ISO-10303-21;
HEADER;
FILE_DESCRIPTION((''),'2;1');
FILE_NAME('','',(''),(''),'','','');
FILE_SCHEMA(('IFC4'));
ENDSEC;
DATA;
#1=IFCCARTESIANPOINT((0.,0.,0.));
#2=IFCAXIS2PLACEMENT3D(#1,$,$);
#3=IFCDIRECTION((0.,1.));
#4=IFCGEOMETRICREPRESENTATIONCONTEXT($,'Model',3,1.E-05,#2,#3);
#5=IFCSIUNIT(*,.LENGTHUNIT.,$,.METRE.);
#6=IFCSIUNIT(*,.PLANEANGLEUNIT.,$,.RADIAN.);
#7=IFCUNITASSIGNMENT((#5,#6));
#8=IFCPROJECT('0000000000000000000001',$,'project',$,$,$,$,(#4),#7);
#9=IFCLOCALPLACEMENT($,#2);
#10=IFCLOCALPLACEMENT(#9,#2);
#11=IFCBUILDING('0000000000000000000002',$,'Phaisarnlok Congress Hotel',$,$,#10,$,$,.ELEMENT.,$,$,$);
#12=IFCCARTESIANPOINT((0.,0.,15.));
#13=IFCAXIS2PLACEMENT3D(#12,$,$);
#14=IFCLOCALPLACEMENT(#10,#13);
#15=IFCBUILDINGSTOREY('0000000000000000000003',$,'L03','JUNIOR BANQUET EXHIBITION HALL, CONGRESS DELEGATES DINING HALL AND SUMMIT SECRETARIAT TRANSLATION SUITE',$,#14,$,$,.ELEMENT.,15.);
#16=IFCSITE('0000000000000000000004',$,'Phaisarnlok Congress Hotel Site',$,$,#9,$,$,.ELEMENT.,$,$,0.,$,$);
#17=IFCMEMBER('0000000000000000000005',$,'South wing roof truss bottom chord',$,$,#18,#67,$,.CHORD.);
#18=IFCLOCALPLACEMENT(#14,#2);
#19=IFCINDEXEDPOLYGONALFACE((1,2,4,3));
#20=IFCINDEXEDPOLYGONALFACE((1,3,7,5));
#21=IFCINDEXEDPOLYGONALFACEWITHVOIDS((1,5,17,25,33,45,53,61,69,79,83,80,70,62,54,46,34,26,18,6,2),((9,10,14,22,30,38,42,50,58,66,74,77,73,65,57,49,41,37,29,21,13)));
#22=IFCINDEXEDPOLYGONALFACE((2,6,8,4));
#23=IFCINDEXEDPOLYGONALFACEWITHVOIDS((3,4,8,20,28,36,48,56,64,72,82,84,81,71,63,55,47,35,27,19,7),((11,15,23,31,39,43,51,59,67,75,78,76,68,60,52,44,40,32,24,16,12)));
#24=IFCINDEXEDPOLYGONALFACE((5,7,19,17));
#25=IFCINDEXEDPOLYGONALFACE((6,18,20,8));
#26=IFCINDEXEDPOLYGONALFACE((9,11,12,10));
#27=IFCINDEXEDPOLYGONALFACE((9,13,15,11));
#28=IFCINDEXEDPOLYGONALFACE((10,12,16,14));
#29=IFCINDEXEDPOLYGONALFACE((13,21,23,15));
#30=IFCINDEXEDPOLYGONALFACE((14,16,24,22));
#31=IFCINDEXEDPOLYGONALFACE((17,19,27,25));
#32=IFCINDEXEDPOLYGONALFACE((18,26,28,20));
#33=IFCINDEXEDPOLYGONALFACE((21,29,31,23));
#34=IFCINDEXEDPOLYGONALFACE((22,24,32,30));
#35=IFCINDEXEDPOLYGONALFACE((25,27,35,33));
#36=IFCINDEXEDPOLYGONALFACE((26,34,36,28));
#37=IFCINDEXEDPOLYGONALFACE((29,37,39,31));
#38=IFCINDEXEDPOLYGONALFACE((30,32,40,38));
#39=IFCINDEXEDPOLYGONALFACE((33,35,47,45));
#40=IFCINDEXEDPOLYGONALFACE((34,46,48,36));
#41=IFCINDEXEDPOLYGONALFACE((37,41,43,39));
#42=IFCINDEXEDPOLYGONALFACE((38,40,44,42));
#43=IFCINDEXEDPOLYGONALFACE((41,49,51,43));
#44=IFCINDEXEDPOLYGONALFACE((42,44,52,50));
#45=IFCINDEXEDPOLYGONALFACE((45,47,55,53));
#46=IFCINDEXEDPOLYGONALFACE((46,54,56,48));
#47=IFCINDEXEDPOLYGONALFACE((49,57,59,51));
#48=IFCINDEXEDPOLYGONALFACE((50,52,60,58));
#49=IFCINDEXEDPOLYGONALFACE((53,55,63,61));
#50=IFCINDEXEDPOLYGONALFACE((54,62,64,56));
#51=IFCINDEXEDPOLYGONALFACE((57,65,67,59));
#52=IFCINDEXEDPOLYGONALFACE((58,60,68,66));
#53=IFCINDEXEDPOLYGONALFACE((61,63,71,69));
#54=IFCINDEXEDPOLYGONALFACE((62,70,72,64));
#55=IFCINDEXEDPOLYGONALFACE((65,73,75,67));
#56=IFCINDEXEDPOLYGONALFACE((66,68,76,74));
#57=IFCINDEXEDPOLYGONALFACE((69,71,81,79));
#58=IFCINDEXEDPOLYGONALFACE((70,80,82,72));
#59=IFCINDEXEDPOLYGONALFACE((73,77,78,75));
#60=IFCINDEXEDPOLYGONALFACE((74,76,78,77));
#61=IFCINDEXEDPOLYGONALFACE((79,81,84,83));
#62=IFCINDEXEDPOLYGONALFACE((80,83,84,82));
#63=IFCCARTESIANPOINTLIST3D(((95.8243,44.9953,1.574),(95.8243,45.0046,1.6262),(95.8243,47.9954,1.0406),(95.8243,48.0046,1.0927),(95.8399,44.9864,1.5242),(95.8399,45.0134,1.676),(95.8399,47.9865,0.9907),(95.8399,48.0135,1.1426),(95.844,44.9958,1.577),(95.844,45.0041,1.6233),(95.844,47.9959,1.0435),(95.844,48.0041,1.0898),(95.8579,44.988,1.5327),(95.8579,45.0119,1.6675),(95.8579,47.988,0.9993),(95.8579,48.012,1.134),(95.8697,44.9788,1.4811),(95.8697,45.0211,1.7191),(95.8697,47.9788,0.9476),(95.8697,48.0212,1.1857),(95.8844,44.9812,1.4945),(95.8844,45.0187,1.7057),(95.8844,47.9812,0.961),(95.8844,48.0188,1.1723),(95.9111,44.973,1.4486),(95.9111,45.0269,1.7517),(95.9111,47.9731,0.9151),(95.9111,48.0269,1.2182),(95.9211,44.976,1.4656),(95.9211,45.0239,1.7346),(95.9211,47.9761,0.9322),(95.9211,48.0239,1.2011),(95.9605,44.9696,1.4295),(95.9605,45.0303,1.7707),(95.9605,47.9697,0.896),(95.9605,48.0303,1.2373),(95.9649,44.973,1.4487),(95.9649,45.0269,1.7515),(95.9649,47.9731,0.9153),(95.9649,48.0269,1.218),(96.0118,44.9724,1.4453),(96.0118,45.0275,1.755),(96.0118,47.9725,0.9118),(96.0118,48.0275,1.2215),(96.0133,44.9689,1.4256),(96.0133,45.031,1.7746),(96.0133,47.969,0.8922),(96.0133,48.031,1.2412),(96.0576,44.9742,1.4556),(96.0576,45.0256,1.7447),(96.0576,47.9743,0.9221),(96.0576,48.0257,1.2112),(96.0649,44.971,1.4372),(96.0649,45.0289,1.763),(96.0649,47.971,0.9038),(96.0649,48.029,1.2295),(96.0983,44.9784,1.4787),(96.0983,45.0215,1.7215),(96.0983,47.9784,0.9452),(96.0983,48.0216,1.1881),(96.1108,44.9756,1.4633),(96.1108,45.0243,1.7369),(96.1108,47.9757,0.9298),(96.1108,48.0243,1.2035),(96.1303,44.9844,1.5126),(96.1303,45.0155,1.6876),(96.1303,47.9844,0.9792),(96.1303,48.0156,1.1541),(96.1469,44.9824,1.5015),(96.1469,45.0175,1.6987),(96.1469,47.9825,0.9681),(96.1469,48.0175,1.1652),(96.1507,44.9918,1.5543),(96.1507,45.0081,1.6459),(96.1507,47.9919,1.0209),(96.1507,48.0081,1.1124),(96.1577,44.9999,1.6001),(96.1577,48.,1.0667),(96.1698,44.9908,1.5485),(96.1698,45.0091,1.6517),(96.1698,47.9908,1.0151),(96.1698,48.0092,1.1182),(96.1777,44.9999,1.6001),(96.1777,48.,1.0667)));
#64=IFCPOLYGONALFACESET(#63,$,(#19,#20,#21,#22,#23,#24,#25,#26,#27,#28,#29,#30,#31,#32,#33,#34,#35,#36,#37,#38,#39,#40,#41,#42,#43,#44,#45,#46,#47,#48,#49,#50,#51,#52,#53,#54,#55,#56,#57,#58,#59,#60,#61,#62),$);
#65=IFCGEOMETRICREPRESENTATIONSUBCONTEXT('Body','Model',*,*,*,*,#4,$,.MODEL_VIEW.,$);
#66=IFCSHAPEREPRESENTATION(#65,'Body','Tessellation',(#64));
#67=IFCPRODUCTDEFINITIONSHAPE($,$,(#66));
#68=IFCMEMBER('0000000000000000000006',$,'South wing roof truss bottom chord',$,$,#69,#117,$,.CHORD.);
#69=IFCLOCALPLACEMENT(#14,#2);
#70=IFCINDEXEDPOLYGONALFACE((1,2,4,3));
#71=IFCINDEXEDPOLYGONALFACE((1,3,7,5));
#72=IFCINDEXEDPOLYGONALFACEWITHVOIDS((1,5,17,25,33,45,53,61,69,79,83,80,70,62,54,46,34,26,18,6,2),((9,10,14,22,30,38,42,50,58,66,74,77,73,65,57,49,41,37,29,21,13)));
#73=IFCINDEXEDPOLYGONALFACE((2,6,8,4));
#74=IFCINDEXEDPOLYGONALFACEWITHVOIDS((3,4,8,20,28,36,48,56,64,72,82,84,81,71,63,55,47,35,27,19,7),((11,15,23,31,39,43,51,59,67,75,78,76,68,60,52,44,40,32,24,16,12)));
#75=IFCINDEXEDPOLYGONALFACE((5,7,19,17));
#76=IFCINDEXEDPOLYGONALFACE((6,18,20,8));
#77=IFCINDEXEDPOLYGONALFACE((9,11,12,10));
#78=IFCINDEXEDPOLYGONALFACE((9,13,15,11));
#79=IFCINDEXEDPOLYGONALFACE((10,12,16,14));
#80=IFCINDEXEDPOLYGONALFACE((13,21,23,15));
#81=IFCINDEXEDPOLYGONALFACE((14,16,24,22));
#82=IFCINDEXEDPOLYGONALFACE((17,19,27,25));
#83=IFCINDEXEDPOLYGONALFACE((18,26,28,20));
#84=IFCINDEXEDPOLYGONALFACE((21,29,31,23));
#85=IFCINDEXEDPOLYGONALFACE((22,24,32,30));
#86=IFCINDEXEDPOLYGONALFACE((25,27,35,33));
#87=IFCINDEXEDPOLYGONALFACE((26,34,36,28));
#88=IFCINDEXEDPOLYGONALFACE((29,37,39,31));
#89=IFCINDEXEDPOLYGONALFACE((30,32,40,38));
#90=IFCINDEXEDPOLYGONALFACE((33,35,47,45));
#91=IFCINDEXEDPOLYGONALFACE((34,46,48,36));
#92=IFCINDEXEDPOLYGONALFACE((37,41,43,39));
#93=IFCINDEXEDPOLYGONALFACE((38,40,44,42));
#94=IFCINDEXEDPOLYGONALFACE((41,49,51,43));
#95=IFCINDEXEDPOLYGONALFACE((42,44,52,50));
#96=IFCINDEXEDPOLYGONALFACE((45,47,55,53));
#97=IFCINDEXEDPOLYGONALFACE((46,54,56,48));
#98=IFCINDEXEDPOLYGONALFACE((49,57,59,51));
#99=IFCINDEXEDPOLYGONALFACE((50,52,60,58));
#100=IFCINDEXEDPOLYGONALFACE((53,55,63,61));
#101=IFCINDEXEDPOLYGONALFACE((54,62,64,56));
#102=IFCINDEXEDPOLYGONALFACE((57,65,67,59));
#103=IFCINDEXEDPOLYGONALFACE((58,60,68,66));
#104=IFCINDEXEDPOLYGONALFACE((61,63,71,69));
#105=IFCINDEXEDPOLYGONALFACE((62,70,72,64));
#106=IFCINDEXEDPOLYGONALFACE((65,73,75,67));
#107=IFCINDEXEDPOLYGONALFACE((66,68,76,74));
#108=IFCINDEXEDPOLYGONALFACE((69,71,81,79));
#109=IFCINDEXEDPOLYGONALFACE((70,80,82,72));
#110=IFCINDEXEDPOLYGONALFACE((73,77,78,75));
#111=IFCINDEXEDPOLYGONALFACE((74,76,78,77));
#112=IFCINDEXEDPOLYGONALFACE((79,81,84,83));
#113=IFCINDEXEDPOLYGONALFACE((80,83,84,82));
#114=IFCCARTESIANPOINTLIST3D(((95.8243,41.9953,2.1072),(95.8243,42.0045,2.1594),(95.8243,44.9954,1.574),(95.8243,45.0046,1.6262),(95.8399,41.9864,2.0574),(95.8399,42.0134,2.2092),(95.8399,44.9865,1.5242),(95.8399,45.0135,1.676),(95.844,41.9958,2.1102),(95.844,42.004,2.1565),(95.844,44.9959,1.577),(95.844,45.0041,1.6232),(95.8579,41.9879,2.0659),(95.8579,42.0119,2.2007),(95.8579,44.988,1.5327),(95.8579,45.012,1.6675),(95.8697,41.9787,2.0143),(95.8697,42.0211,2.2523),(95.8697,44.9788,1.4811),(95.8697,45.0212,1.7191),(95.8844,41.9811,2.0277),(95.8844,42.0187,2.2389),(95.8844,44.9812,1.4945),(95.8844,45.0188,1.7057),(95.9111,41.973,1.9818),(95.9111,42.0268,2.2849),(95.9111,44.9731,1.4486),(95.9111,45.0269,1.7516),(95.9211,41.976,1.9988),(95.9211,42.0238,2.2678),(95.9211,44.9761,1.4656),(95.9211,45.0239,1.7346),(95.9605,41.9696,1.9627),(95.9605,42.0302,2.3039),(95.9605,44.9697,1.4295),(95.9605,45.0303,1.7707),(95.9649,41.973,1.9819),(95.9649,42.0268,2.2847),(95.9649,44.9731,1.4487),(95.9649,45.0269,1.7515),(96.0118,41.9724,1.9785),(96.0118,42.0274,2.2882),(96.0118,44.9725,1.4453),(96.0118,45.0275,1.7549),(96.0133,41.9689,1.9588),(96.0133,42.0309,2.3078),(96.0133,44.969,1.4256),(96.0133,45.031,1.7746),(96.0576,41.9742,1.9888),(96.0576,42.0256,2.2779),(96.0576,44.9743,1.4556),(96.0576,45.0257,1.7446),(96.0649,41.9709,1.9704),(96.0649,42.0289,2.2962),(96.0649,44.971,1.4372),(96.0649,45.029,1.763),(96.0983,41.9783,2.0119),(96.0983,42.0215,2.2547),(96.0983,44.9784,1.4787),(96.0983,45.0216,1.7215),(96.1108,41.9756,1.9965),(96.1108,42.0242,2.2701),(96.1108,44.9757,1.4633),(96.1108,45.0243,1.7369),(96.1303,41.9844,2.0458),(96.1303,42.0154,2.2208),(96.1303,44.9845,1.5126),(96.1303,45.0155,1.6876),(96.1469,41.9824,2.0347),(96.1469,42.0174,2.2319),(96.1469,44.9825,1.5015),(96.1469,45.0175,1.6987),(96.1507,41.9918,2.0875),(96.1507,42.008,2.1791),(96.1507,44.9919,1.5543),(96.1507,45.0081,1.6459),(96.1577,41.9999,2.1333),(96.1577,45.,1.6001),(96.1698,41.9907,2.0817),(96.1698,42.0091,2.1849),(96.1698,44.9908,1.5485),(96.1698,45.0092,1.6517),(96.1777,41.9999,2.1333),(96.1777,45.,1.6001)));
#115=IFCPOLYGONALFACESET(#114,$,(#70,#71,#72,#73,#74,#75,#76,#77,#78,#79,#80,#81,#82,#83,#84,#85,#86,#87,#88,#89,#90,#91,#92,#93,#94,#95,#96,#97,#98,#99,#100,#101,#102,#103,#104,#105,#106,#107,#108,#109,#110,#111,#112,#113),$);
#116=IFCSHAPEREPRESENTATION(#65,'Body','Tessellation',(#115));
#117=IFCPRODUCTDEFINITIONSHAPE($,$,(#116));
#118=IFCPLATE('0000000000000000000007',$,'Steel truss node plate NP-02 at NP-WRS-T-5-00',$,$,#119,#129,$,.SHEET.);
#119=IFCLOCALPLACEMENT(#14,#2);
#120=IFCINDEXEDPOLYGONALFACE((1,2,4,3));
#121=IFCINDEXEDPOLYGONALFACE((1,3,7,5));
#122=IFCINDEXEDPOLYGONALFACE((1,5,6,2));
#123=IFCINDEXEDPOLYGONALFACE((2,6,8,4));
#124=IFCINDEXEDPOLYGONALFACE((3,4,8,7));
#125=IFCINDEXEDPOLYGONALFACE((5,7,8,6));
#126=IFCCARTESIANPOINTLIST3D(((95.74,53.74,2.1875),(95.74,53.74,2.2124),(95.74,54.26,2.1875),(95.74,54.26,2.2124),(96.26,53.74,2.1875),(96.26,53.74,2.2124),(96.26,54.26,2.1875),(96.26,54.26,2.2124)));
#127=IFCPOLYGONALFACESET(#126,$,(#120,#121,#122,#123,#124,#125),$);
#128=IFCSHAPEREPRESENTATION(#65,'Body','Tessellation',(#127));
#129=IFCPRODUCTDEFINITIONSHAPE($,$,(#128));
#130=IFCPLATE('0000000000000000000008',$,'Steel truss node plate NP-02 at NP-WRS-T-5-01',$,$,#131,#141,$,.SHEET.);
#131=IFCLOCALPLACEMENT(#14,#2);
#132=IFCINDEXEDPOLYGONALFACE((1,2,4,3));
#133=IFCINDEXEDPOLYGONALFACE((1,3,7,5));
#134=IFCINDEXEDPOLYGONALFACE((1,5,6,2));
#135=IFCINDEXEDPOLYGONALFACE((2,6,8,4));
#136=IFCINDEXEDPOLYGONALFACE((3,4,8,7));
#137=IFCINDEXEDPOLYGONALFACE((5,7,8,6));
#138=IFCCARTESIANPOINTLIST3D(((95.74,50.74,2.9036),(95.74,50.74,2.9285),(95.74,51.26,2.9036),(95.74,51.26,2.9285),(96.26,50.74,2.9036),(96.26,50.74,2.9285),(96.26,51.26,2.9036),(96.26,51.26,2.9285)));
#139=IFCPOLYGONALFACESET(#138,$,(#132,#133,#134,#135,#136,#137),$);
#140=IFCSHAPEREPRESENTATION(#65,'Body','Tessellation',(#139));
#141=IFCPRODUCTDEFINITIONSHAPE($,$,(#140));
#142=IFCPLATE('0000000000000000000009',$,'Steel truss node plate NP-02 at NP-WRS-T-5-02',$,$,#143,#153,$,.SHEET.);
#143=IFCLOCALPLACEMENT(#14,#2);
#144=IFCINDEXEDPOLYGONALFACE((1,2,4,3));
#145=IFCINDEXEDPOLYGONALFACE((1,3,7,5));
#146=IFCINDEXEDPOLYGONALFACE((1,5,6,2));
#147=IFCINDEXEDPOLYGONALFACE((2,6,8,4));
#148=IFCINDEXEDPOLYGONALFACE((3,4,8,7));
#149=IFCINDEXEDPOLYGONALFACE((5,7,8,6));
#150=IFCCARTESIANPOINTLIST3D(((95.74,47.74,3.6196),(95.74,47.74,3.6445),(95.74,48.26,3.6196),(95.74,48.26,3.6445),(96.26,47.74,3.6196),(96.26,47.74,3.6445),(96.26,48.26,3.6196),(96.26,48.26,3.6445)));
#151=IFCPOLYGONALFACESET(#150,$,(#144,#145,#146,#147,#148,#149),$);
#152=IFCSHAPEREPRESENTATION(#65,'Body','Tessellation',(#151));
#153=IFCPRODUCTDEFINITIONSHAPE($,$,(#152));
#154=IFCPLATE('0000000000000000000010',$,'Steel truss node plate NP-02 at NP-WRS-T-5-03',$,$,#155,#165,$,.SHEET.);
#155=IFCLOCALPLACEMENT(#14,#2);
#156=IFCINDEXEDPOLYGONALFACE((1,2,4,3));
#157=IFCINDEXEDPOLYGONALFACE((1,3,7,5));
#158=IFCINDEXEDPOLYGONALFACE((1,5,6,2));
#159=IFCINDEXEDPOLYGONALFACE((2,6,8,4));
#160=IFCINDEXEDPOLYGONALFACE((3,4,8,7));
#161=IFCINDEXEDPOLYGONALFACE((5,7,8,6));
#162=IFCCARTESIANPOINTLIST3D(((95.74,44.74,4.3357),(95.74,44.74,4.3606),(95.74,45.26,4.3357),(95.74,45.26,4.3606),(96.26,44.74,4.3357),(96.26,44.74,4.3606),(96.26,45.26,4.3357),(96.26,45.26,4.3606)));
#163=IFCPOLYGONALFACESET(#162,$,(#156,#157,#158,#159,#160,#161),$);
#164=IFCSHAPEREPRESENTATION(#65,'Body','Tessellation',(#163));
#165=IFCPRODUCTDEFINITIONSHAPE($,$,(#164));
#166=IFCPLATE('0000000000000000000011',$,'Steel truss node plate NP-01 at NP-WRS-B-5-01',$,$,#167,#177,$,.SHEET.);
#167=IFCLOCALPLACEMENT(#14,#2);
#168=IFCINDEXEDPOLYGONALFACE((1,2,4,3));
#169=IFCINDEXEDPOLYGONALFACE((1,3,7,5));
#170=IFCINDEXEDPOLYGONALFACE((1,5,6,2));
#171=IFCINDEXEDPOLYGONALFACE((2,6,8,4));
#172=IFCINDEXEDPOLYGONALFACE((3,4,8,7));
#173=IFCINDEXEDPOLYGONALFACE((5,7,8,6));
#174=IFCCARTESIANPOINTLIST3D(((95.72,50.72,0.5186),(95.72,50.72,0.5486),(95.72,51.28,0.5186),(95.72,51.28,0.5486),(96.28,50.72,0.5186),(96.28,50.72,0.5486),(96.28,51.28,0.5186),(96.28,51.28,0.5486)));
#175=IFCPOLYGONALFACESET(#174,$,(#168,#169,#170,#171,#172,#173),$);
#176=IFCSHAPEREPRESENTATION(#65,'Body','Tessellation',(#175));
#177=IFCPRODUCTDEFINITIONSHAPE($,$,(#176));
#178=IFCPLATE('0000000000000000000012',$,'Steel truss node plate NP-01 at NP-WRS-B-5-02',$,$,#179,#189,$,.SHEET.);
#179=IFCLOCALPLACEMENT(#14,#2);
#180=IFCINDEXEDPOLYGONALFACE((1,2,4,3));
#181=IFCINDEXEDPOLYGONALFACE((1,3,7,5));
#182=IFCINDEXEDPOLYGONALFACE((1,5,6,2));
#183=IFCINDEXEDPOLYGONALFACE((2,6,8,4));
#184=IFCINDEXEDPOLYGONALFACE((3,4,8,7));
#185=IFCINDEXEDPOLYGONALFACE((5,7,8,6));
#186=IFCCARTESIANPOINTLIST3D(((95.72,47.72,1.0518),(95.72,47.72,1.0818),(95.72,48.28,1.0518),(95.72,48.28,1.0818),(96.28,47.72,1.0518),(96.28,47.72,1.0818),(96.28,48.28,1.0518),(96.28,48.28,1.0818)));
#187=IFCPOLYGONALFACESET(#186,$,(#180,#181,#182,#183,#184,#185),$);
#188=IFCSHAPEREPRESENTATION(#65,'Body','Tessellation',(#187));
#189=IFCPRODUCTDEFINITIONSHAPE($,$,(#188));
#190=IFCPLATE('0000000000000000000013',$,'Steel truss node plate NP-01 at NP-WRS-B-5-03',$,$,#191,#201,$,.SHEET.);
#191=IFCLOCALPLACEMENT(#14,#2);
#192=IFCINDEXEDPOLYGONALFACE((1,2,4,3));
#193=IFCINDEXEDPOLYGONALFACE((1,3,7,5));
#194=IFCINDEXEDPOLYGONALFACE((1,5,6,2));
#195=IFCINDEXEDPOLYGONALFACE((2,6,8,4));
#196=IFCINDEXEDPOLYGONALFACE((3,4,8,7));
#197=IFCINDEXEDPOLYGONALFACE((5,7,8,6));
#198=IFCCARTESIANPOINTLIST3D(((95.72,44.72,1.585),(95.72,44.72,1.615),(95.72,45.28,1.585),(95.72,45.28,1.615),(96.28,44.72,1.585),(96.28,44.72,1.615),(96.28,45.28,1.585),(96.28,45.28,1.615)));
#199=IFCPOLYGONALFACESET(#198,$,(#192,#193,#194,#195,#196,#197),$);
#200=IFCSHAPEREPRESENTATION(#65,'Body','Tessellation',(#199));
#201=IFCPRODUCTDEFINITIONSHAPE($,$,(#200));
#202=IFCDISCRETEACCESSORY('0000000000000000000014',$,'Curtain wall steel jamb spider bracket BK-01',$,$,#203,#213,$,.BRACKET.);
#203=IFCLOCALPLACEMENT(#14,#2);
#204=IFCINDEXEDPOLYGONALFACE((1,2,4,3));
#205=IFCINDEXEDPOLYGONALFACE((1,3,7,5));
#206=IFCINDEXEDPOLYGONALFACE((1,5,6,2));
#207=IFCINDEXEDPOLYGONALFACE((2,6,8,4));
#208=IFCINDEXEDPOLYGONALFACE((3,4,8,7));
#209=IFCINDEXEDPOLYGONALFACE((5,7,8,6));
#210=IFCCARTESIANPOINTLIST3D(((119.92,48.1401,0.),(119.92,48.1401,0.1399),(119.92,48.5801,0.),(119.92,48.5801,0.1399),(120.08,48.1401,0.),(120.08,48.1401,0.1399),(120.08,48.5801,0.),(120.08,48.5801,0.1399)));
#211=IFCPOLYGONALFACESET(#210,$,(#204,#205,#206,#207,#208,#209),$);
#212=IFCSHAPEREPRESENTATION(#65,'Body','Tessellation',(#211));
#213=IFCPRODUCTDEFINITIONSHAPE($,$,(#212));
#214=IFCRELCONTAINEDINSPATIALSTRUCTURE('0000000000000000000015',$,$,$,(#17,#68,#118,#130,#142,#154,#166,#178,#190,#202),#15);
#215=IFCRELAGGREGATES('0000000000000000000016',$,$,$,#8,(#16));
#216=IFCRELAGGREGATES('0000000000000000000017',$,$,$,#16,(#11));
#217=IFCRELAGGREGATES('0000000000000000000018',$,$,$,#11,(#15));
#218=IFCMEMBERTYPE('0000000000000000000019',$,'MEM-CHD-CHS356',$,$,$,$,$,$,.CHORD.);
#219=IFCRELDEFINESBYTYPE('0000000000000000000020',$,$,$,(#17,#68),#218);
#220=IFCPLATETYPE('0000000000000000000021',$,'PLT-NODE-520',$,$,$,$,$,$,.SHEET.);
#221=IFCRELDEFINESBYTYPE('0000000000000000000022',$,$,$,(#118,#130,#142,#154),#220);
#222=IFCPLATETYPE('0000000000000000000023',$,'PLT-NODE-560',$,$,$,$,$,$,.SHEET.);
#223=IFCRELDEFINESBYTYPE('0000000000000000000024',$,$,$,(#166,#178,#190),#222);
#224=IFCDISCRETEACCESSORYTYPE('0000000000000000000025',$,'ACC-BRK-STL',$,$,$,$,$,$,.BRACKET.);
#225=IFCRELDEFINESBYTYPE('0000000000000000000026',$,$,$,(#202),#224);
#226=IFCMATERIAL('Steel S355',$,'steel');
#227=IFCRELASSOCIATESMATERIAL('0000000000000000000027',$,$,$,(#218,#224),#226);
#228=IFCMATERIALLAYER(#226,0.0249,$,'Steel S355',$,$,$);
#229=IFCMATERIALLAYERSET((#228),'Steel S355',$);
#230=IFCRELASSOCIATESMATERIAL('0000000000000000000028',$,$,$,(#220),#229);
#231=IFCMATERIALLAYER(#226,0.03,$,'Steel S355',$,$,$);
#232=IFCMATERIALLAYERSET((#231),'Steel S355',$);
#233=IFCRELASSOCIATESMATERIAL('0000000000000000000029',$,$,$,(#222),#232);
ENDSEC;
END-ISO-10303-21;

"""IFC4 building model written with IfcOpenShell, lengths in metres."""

from ifc_helpers import new_model, si_unit, direction, frame, origin, origin_2d, place, context, subcontext, project, spatial, rectangle, hollow_circle, extrude, material, layer, layer_set, material_profile, profile_set, type_object, element, save


model = new_model("IFC4")

# Units and contexts
model_context = context("Model", 3, precision=1e-05, world=origin(), true_north=direction((0.0, 1.0)))
body_context = subcontext(model_context, "Body", "Model", "MODEL_VIEW")
ifc_project = project(units=[si_unit("LENGTHUNIT", "METRE"), si_unit("PLANEANGLEUNIT", "RADIAN")], contexts=[model_context])

# Site, building, storey
site_placement = place(None, origin())
site = spatial("IfcSite", under=ifc_project, at=site_placement, Name="Phaisarnlok Congress Hotel Site", CompositionType="ELEMENT", RefElevation=0.0)
building_placement = place(site_placement, origin())
building = spatial("IfcBuilding", under=site, at=building_placement, Name="Phaisarnlok Congress Hotel", CompositionType="ELEMENT")
storey_placement = place(building_placement, frame((0.0, 0.0, 15.0)))
storey = spatial("IfcBuildingStorey", under=building, at=storey_placement, Name="L03", Description="JUNIOR BANQUET EXHIBITION HALL, CONGRESS DELEGATES DINING HALL AND SUMMIT SECRETARIAT TRANSLATION SUITE", CompositionType="ELEMENT", Elevation=15.0)

# Shared definitions
ifc_material_1 = material(Name="Steel S355", Category="steel")

# Members
ifc_material_profile_1 = material_profile(ifc_material_1, hollow_circle(Radius=0.1777, WallThickness=0.02, at=origin_2d()), Name="CHS 355.6x20")
ifc_profile_set_1 = profile_set([ifc_material_profile_1], Name="Steel S355")
member_type_1 = type_object("IfcMemberType", Name="MEM-CHD-CHS356", PredefinedType="CHORD", material=ifc_profile_set_1)
for number, where, z_axis, x_axis, name in (
    (1, (96.0, 48.0, 1.0667), (0.0, -0.984556, 0.17507), (1.0, 0.0, 0.0), "South wing roof truss bottom chord"),
    (2, (96.0, 45.0, 1.6001), (0.0, -0.98457, 0.174992), (1.0, 0.0, 0.0), "South wing roof truss bottom chord"),
):
    element("IfcMember", number, at=place(storey_placement, frame(where, z_axis=z_axis, x_axis=x_axis)), inside=storey, type_object=member_type_1, Name=name, PredefinedType="CHORD", context=body_context, shape_type="SweptSolid", body=[
        extrude(hollow_circle(Radius=0.1777, WallThickness=0.02, at=origin_2d()), origin(), (0.0, 0.0, 1.0), 3.0471),
    ])

# Plates
ifc_layer_1 = layer(ifc_material_1, 0.0249, Name="Steel S355")
ifc_layer_set_1 = layer_set([ifc_layer_1], Name="Steel S355")
plate_type_1 = type_object("IfcPlateType", Name="PLT-NODE-520", PredefinedType="SHEET", material=ifc_layer_set_1)
for number, where, z_axis, x_axis, name in (
    (3, (96.0, 54.0, 2.1875), (0.0, 0.0, 1.0), (1.0, 0.0, 0.0), "Steel truss node plate NP-02 at NP-WRS-T-5-00"),
    (4, (96.0, 51.0, 2.9036), (0.0, 0.0, 1.0), (1.0, 0.0, 0.0), "Steel truss node plate NP-02 at NP-WRS-T-5-01"),
    (5, (96.0, 48.0, 3.6196), (0.0, 0.0, 1.0), (1.0, 0.0, 0.0), "Steel truss node plate NP-02 at NP-WRS-T-5-02"),
    (6, (96.0, 45.0, 4.3357), (0.0, 0.0, 1.0), (1.0, 0.0, 0.0), "Steel truss node plate NP-02 at NP-WRS-T-5-03"),
):
    element("IfcPlate", number, at=place(storey_placement, frame(where, z_axis=z_axis, x_axis=x_axis)), inside=storey, type_object=plate_type_1, Name=name, PredefinedType="SHEET", context=body_context, shape_type="SweptSolid", body=[
        extrude(rectangle(XDim=0.52, YDim=0.52, at=origin_2d()), origin(), (0.0, 0.0, 1.0), 0.0249),
    ])
ifc_layer_2 = layer(ifc_material_1, 0.03, Name="Steel S355")
ifc_layer_set_2 = layer_set([ifc_layer_2], Name="Steel S355")
plate_type_2 = type_object("IfcPlateType", Name="PLT-NODE-560", PredefinedType="SHEET", material=ifc_layer_set_2)
for number, where, z_axis, x_axis, name in (
    (7, (96.0, 51.0, 0.5186), (0.0, 0.0, 1.0), (1.0, 0.0, 0.0), "Steel truss node plate NP-01 at NP-WRS-B-5-01"),
    (8, (96.0, 48.0, 1.0518), (0.0, 0.0, 1.0), (1.0, 0.0, 0.0), "Steel truss node plate NP-01 at NP-WRS-B-5-02"),
    (9, (96.0, 45.0, 1.585), (0.0, 0.0, 1.0), (1.0, 0.0, 0.0), "Steel truss node plate NP-01 at NP-WRS-B-5-03"),
):
    element("IfcPlate", number, at=place(storey_placement, frame(where, z_axis=z_axis, x_axis=x_axis)), inside=storey, type_object=plate_type_2, Name=name, PredefinedType="SHEET", context=body_context, shape_type="SweptSolid", body=[
        extrude(rectangle(XDim=0.5601, YDim=0.5601, at=origin_2d()), origin(), (0.0, 0.0, 1.0), 0.03),
    ])

# Discrete accessory
discrete_accessory_type = type_object("IfcDiscreteAccessoryType", Name="ACC-BRK-STL", PredefinedType="BRACKET", material=ifc_material_1)
for number, where, z_axis, x_axis, name in (
    (10, (120.0, 48.3601, 0.0), (0.0, 0.0, 1.0), (1.0, 0.0, 0.0), "Curtain wall steel jamb spider bracket BK-01"),
):
    element("IfcDiscreteAccessory", number, at=place(storey_placement, frame(where, z_axis=z_axis, x_axis=x_axis)), inside=storey, type_object=discrete_accessory_type, Name=name, PredefinedType="BRACKET", context=body_context, shape_type="SweptSolid", body=[
        extrude(rectangle(XDim=0.1599, YDim=0.4399, at=origin_2d()), origin(), (0.0, 0.0, 1.0), 0.1399),
    ])

save(model, "model.ifc")
